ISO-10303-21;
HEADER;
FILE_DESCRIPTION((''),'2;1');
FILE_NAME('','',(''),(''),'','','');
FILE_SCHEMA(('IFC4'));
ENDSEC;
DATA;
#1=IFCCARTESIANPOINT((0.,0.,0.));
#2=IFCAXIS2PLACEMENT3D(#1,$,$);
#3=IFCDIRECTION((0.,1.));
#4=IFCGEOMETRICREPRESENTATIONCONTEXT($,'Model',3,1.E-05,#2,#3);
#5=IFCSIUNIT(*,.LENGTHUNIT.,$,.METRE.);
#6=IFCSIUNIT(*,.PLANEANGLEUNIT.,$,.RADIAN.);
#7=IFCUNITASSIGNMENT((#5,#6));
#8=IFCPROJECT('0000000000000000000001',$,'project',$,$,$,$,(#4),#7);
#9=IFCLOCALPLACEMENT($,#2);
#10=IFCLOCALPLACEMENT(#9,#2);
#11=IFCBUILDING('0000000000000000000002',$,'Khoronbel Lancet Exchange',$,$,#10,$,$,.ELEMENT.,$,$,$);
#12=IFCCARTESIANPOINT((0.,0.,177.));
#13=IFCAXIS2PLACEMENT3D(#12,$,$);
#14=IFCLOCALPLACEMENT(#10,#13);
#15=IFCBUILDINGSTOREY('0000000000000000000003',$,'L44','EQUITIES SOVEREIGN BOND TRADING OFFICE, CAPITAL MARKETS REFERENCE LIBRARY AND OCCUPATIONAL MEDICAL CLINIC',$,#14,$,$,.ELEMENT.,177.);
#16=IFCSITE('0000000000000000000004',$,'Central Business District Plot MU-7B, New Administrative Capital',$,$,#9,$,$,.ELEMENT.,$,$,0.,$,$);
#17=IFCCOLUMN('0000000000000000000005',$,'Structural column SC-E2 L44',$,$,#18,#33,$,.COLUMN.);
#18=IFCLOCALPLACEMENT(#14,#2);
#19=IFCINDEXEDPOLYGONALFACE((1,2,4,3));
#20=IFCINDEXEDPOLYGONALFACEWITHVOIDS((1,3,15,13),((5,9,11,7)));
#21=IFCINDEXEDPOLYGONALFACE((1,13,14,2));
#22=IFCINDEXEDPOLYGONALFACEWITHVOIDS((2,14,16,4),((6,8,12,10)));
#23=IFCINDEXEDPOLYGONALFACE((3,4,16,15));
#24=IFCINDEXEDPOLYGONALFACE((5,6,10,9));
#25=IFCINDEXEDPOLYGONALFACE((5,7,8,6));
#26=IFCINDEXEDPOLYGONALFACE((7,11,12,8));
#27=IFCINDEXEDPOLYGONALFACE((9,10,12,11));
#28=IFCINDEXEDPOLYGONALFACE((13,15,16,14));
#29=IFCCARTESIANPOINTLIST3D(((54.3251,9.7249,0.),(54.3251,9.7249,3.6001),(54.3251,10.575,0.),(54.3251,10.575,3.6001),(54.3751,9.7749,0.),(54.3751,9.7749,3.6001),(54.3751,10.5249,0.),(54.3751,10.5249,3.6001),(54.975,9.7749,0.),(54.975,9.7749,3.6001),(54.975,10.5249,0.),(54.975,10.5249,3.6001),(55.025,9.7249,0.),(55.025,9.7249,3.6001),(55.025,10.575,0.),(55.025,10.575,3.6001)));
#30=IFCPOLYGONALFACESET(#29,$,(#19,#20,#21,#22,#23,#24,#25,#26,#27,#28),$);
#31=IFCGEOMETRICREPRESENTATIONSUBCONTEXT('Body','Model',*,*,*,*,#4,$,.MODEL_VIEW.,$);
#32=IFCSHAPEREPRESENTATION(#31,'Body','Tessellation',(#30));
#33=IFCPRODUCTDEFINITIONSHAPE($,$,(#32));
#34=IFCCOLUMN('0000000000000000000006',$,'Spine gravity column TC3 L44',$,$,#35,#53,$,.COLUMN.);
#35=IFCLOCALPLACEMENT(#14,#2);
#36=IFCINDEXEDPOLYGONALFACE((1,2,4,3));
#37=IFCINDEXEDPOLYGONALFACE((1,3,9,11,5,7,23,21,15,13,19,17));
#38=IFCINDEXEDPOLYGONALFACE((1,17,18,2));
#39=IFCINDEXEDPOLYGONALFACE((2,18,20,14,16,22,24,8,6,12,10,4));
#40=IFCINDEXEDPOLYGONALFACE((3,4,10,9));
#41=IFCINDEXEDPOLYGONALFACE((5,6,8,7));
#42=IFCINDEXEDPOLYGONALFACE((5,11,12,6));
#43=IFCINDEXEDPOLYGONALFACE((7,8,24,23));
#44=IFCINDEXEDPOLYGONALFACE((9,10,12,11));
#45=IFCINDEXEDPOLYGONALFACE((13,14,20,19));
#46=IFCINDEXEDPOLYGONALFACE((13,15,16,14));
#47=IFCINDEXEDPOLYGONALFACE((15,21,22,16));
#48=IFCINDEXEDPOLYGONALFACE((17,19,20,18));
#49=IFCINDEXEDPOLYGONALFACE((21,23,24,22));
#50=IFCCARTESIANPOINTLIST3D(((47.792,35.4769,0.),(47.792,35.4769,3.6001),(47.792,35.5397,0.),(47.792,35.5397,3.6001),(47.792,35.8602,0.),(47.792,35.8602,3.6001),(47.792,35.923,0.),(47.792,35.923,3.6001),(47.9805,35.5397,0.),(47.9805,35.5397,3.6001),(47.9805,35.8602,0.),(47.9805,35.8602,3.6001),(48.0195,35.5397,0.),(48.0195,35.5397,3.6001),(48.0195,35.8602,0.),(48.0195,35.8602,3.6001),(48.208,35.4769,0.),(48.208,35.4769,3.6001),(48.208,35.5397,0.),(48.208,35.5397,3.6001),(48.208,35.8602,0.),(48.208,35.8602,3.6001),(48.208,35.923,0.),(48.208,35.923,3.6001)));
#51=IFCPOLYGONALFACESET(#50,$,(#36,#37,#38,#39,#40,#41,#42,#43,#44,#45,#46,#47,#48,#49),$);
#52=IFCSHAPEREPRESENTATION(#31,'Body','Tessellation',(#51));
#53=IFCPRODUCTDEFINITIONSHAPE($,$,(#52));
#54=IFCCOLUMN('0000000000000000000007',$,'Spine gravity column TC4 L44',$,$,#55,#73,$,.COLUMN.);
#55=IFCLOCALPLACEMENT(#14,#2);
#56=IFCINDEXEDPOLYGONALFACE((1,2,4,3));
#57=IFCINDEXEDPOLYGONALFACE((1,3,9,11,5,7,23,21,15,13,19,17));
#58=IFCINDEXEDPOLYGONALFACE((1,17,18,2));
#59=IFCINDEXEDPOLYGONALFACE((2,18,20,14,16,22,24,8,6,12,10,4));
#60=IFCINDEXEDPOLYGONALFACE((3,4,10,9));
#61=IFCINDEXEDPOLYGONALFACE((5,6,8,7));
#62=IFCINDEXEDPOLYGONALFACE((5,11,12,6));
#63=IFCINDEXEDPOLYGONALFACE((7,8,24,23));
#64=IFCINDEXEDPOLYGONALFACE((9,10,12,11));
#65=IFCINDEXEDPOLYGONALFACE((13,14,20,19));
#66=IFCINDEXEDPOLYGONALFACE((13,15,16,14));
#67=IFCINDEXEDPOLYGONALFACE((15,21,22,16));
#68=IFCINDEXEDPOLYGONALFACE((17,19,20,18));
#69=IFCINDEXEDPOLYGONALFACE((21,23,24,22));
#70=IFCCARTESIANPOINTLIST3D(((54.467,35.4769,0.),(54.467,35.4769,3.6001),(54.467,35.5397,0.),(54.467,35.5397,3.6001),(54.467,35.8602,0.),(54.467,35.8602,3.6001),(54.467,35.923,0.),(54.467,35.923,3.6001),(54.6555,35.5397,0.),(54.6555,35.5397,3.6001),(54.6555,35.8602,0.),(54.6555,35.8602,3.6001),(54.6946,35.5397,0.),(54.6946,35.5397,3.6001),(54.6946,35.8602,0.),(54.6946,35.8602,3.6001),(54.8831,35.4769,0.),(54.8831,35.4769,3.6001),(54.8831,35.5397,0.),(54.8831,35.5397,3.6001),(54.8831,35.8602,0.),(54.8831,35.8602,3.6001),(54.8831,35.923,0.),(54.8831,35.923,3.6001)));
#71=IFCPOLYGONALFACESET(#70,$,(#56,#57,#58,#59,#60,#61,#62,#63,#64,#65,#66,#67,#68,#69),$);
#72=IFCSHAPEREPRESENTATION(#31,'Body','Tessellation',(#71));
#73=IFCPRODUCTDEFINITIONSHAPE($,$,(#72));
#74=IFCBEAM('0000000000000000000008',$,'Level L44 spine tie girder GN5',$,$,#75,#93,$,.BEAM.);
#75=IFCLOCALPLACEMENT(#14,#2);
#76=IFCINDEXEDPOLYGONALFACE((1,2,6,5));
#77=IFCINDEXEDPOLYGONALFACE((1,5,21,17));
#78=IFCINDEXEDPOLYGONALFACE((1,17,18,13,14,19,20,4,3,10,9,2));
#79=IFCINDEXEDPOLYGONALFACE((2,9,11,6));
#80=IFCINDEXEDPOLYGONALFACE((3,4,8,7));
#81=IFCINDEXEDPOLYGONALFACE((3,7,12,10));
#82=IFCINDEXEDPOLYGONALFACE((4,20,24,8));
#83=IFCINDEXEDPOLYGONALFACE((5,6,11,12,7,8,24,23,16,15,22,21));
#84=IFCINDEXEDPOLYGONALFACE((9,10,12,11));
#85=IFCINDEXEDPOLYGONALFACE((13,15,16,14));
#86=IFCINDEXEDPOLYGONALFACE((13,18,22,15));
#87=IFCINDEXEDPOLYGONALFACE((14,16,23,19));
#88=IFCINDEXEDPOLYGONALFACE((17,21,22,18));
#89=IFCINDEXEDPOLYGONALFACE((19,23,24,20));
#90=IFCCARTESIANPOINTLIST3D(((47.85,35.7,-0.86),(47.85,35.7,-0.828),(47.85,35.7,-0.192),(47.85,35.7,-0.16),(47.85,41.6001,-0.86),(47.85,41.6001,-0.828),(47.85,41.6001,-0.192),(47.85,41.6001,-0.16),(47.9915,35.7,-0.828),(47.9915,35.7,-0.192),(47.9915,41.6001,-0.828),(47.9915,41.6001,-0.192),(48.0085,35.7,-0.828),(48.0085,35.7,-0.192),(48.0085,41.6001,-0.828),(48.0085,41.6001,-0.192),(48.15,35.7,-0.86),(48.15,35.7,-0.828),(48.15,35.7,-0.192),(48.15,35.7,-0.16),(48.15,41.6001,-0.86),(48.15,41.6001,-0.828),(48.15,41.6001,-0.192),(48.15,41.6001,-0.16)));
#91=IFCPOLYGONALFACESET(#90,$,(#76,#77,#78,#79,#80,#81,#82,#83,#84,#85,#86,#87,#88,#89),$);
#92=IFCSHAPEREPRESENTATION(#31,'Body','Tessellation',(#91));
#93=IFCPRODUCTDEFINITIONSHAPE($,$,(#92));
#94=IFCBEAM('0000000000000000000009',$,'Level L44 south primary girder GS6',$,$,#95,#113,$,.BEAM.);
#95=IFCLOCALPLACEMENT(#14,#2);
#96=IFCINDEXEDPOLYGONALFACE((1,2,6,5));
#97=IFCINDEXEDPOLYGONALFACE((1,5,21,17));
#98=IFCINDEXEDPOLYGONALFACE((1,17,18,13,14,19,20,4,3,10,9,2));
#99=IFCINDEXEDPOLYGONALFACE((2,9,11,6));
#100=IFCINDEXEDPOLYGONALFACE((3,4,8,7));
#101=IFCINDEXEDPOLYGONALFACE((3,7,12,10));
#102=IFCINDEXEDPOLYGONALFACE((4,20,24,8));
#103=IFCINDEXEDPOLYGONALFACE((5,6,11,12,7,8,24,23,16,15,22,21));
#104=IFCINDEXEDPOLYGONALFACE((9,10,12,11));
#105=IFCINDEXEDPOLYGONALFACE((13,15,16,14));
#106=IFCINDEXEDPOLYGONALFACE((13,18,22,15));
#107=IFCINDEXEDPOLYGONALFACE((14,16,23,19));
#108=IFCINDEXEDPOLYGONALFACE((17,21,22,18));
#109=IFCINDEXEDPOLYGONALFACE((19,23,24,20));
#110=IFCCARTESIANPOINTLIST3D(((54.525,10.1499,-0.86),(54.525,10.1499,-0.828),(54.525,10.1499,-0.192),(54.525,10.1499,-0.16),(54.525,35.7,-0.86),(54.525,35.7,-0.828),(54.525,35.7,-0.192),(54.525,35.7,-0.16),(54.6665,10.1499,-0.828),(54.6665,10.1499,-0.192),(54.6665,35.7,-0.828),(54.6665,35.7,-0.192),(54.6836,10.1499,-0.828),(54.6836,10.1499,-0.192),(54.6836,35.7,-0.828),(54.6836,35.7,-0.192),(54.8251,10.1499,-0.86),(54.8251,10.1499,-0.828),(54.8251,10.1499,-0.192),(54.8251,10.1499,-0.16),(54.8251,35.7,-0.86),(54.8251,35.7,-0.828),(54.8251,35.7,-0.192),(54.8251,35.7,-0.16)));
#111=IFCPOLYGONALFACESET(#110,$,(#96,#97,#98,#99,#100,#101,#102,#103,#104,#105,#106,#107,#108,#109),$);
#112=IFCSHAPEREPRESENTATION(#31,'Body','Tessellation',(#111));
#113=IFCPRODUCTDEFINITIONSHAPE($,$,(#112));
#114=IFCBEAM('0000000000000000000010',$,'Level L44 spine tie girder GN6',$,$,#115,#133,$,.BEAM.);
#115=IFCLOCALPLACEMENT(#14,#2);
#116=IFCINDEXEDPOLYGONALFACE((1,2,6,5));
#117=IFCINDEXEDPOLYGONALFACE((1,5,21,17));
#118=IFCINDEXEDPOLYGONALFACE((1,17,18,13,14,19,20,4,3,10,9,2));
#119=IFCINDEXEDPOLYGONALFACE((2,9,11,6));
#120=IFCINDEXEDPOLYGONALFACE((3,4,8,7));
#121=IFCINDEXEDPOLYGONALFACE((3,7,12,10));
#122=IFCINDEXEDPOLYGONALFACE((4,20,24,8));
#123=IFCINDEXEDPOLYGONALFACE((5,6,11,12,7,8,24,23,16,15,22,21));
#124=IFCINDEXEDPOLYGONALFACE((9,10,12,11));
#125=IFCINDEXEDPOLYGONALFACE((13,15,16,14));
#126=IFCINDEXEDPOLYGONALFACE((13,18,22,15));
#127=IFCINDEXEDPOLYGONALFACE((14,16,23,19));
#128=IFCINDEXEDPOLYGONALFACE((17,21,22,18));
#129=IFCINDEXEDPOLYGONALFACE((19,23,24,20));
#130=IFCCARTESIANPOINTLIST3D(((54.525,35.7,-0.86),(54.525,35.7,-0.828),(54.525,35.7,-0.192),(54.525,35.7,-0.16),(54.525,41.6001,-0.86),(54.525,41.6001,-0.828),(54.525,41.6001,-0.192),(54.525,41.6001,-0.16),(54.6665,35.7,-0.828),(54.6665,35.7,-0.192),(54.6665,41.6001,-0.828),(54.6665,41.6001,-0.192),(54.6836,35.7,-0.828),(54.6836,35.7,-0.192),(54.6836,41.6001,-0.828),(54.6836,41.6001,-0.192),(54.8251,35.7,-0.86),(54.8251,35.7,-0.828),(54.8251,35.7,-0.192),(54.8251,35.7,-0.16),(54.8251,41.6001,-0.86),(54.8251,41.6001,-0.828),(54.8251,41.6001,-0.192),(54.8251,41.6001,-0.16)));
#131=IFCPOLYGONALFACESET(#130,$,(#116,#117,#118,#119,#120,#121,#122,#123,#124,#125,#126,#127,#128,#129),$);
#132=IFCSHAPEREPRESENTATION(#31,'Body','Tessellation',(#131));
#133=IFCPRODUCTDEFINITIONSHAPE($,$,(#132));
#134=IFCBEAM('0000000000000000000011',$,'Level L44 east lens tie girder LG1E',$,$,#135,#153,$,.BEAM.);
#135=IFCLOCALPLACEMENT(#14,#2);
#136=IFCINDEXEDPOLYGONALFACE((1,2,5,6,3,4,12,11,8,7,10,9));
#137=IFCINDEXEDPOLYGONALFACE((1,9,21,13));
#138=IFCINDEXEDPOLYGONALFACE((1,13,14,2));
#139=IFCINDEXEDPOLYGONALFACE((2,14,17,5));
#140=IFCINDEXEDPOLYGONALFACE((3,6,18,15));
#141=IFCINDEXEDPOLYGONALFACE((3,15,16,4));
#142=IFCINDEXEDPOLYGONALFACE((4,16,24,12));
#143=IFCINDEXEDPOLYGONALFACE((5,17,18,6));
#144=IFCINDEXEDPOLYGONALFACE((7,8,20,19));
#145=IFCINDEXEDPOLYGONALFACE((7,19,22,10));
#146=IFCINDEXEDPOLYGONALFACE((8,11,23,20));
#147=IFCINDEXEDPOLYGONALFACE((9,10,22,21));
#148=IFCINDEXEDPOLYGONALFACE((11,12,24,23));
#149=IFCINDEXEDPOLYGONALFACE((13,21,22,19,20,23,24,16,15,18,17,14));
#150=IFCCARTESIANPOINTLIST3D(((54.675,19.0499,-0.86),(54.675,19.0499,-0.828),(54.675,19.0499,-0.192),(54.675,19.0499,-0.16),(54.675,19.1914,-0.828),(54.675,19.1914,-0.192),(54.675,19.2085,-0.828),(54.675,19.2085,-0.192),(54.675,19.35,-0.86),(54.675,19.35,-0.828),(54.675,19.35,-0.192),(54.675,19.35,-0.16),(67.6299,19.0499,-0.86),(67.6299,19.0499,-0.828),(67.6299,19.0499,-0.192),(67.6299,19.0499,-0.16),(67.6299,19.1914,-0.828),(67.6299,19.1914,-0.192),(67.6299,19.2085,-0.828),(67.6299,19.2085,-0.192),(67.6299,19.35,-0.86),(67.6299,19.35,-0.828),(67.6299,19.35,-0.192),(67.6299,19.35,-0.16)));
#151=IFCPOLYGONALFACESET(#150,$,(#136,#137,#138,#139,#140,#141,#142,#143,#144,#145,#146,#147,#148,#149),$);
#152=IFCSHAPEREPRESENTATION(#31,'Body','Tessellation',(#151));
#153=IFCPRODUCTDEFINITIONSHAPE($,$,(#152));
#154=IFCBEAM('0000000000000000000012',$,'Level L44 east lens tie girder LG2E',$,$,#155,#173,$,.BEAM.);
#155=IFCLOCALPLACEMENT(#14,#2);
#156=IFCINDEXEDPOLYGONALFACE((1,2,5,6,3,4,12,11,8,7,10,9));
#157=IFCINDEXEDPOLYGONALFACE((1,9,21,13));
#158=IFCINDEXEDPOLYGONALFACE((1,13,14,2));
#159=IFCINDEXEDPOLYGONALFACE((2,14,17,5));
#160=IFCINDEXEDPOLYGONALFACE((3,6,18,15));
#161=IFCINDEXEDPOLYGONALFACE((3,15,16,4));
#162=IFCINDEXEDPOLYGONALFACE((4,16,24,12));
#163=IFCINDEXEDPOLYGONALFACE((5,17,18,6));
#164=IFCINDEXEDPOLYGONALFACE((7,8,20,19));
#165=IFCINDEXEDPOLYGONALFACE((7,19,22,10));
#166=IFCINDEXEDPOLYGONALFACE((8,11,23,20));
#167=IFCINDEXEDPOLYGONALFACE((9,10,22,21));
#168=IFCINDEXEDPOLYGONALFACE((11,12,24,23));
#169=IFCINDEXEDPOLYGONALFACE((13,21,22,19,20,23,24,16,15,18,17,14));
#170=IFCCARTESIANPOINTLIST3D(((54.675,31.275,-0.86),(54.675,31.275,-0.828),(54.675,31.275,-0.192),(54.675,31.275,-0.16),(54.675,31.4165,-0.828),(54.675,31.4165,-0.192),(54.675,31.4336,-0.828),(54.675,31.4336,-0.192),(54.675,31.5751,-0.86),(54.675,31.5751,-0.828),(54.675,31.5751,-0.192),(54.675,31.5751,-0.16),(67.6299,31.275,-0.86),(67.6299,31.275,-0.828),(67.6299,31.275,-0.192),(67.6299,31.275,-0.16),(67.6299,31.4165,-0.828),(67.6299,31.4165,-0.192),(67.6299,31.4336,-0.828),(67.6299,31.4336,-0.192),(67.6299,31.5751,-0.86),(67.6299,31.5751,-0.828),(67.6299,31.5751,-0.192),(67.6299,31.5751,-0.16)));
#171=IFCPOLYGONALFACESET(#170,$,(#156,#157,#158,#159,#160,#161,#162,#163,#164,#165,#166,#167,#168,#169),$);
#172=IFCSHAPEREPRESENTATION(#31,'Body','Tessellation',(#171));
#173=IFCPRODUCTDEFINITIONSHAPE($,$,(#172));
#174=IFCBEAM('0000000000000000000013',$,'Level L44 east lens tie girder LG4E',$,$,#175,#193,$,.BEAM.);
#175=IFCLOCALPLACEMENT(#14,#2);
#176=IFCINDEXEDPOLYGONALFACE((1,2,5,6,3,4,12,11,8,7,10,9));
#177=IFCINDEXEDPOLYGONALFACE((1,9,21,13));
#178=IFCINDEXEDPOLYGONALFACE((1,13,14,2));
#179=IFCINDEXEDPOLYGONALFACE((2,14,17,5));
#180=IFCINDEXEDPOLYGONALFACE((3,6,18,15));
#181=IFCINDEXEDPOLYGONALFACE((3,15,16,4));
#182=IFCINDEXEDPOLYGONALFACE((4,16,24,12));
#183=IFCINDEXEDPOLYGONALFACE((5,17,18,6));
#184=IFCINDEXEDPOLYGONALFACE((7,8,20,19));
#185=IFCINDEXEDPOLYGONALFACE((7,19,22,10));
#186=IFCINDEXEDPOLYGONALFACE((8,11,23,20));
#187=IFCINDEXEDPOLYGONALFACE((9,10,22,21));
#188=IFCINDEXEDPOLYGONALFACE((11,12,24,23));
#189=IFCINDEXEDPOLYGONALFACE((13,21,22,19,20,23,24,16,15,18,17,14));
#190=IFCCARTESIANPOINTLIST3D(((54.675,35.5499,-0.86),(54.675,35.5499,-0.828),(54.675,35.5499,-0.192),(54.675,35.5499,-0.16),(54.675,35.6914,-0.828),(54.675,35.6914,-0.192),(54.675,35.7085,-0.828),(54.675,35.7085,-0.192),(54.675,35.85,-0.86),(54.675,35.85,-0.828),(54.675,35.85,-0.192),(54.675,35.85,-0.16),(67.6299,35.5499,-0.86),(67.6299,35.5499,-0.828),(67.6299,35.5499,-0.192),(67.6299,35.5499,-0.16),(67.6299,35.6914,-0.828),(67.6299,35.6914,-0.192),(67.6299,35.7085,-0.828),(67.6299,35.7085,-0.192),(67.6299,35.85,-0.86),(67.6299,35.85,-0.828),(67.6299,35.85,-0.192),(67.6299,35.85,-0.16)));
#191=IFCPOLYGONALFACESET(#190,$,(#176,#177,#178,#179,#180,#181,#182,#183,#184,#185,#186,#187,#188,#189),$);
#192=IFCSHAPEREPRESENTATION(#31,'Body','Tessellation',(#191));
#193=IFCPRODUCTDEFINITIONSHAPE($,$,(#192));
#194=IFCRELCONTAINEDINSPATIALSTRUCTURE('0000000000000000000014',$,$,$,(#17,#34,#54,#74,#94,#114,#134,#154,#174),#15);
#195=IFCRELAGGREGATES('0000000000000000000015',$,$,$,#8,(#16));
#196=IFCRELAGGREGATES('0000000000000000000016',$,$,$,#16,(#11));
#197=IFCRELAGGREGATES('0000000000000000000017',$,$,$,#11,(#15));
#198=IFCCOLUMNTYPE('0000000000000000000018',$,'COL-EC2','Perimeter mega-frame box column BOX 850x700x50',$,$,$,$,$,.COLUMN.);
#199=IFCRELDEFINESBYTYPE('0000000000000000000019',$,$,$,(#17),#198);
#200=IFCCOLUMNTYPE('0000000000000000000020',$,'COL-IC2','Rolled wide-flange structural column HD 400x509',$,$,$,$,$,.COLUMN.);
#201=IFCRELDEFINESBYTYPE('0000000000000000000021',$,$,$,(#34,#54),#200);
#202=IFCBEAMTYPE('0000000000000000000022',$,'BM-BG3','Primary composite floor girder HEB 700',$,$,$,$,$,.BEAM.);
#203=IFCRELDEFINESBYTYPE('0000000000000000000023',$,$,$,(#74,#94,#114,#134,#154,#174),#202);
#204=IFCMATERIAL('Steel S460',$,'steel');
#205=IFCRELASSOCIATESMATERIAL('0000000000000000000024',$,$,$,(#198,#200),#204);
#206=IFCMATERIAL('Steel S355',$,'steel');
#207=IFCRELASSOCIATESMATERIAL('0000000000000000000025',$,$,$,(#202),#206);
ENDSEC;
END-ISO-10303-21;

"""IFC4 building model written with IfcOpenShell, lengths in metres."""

from ifc_helpers import new_model, si_unit, direction, frame, origin, origin_2d, place, context, subcontext, project, spatial, hollow_rectangle, i_section, extrude, material, material_profile, profile_set, type_object, element, save


model = new_model("IFC4")

# Units and contexts
model_context = context("Model", 3, precision=1e-05, world=origin(), true_north=direction((0.0, 1.0)))
body_context = subcontext(model_context, "Body", "Model", "MODEL_VIEW")
ifc_project = project(units=[si_unit("LENGTHUNIT", "METRE"), si_unit("PLANEANGLEUNIT", "RADIAN")], contexts=[model_context])

# Site, building, storey
site_placement = place(None, origin())
site = spatial("IfcSite", under=ifc_project, at=site_placement, Name="Central Business District Plot MU-7B, New Administrative Capital", CompositionType="ELEMENT", RefElevation=0.0)
building_placement = place(site_placement, origin())
building = spatial("IfcBuilding", under=site, at=building_placement, Name="Khoronbel Lancet Exchange", CompositionType="ELEMENT")
storey_placement = place(building_placement, frame((0.0, 0.0, 177.0)))
storey = spatial("IfcBuildingStorey", under=building, at=storey_placement, Name="L44", Description="EQUITIES SOVEREIGN BOND TRADING OFFICE, CAPITAL MARKETS REFERENCE LIBRARY AND OCCUPATIONAL MEDICAL CLINIC", CompositionType="ELEMENT", Elevation=177.0)

# Columns
ifc_material_1 = material(Name="Steel S460", Category="steel")
ifc_material_profile_1 = material_profile(ifc_material_1, hollow_rectangle(XDim=0.7, YDim=0.8501, WallThickness=0.05, at=origin_2d()), Name="BOX 850x700x50")
ifc_profile_set_1 = profile_set([ifc_material_profile_1], Name="Steel S460")
column_type_1 = type_object("IfcColumnType", Name="COL-EC2", Description="Perimeter mega-frame box column BOX 850x700x50", PredefinedType="COLUMN", material=ifc_profile_set_1)
column_placement = place(storey_placement, frame((54.675, 10.1499, 0.0), z_axis=(0.0, 0.0, 1.0), x_axis=(1.0, 0.0, 0.0)))
element("IfcColumn", 1, at=column_placement, inside=storey, type_object=column_type_1, Name="Structural column SC-E2 L44", PredefinedType="COLUMN", context=body_context, shape_type="SweptSolid", body=[
    extrude(hollow_rectangle(XDim=0.7, YDim=0.8501, WallThickness=0.05, at=origin_2d()), origin(), (0.0, 0.0, 1.0), 3.6001),
])
ifc_material_profile_2 = material_profile(ifc_material_1, i_section(OverallWidth=0.416, OverallDepth=0.446, WebThickness=0.0391, FlangeThickness=0.0627, at=origin_2d()), Name="HD 400x509")
ifc_profile_set_2 = profile_set([ifc_material_profile_2], Name="Steel S460")
column_type_2 = type_object("IfcColumnType", Name="COL-IC2", Description="Rolled wide-flange structural column HD 400x509", PredefinedType="COLUMN", material=ifc_profile_set_2)
for number, where, z_axis, x_axis, name in (
    (2, (48.0, 35.7, 0.0), (0.0, 0.0, 1.0), (1.0, 0.0, 0.0), "Spine gravity column TC3 L44"),
    (3, (54.675, 35.7, 0.0), (0.0, 0.0, 1.0), (1.0, 0.0, 0.0), "Spine gravity column TC4 L44"),
):
    element("IfcColumn", number, at=place(storey_placement, frame(where, z_axis=z_axis, x_axis=x_axis)), inside=storey, type_object=column_type_2, Name=name, PredefinedType="COLUMN", context=body_context, shape_type="SweptSolid", body=[
        extrude(i_section(OverallWidth=0.416, OverallDepth=0.446, WebThickness=0.0391, FlangeThickness=0.0627, at=origin_2d()), origin(), (0.0, 0.0, 1.0), 3.6001),
    ])

# Beams
ifc_material_2 = material(Name="Steel S355", Category="steel")
ifc_material_profile_3 = material_profile(ifc_material_2, i_section(OverallWidth=0.3, OverallDepth=0.7, WebThickness=0.0171, FlangeThickness=0.032, at=origin_2d()), Name="HEB 700")
ifc_profile_set_3 = profile_set([ifc_material_profile_3], Name="Steel S355")
beam_type_1 = type_object("IfcBeamType", Name="BM-BG3", Description="Primary composite floor girder HEB 700", PredefinedType="BEAM", material=ifc_profile_set_3)
beam_1_placement = place(storey_placement, frame((48.0, 35.7, -0.51), z_axis=(0.0, 1.0, 0.0), x_axis=(-1.0, 0.0, 0.0)))
element("IfcBeam", 4, at=beam_1_placement, inside=storey, type_object=beam_type_1, Name="Level L44 spine tie girder GN5", PredefinedType="BEAM", context=body_context, shape_type="SweptSolid", body=[
    extrude(i_section(OverallWidth=0.3, OverallDepth=0.7, WebThickness=0.0171, FlangeThickness=0.032, at=origin_2d()), origin(), (0.0, 0.0, 1.0), 5.9001),
])
beam_2_placement = place(storey_placement, frame((54.675, 10.1499, -0.51), z_axis=(0.0, 1.0, 0.0), x_axis=(-1.0, 0.0, 0.0)))
element("IfcBeam", 5, at=beam_2_placement, inside=storey, type_object=beam_type_1, Name="Level L44 south primary girder GS6", PredefinedType="BEAM", context=body_context, shape_type="SweptSolid", body=[
    extrude(i_section(OverallWidth=0.3, OverallDepth=0.7, WebThickness=0.0171, FlangeThickness=0.032, at=origin_2d()), origin(), (0.0, 0.0, 1.0), 25.55),
])
beam_3_placement = place(storey_placement, frame((54.675, 35.7, -0.51), z_axis=(0.0, 1.0, 0.0), x_axis=(-1.0, 0.0, 0.0)))
element("IfcBeam", 6, at=beam_3_placement, inside=storey, type_object=beam_type_1, Name="Level L44 spine tie girder GN6", PredefinedType="BEAM", context=body_context, shape_type="SweptSolid", body=[
    extrude(i_section(OverallWidth=0.3, OverallDepth=0.7, WebThickness=0.0171, FlangeThickness=0.032, at=origin_2d()), origin(), (0.0, 0.0, 1.0), 5.9001),
])
for number, where, z_axis, x_axis, name in (
    (7, (54.675, 19.2, -0.51), (1.0, 0.0, 0.0), (0.0, 1.0, 0.0), "Level L44 east lens tie girder LG1E"),
    (8, (54.675, 31.425, -0.51), (1.0, 0.0, 0.0), (0.0, 1.0, 0.0), "Level L44 east lens tie girder LG2E"),
    (9, (54.675, 35.7, -0.51), (1.0, 0.0, 0.0), (0.0, 1.0, 0.0), "Level L44 east lens tie girder LG4E"),
):
    element("IfcBeam", number, at=place(storey_placement, frame(where, z_axis=z_axis, x_axis=x_axis)), inside=storey, type_object=beam_type_1, Name=name, PredefinedType="BEAM", context=body_context, shape_type="SweptSolid", body=[
        extrude(i_section(OverallWidth=0.3, OverallDepth=0.7, WebThickness=0.0171, FlangeThickness=0.032, at=origin_2d()), origin(), (0.0, 0.0, 1.0), 12.9548),
    ])

save(model, "model.ifc")
